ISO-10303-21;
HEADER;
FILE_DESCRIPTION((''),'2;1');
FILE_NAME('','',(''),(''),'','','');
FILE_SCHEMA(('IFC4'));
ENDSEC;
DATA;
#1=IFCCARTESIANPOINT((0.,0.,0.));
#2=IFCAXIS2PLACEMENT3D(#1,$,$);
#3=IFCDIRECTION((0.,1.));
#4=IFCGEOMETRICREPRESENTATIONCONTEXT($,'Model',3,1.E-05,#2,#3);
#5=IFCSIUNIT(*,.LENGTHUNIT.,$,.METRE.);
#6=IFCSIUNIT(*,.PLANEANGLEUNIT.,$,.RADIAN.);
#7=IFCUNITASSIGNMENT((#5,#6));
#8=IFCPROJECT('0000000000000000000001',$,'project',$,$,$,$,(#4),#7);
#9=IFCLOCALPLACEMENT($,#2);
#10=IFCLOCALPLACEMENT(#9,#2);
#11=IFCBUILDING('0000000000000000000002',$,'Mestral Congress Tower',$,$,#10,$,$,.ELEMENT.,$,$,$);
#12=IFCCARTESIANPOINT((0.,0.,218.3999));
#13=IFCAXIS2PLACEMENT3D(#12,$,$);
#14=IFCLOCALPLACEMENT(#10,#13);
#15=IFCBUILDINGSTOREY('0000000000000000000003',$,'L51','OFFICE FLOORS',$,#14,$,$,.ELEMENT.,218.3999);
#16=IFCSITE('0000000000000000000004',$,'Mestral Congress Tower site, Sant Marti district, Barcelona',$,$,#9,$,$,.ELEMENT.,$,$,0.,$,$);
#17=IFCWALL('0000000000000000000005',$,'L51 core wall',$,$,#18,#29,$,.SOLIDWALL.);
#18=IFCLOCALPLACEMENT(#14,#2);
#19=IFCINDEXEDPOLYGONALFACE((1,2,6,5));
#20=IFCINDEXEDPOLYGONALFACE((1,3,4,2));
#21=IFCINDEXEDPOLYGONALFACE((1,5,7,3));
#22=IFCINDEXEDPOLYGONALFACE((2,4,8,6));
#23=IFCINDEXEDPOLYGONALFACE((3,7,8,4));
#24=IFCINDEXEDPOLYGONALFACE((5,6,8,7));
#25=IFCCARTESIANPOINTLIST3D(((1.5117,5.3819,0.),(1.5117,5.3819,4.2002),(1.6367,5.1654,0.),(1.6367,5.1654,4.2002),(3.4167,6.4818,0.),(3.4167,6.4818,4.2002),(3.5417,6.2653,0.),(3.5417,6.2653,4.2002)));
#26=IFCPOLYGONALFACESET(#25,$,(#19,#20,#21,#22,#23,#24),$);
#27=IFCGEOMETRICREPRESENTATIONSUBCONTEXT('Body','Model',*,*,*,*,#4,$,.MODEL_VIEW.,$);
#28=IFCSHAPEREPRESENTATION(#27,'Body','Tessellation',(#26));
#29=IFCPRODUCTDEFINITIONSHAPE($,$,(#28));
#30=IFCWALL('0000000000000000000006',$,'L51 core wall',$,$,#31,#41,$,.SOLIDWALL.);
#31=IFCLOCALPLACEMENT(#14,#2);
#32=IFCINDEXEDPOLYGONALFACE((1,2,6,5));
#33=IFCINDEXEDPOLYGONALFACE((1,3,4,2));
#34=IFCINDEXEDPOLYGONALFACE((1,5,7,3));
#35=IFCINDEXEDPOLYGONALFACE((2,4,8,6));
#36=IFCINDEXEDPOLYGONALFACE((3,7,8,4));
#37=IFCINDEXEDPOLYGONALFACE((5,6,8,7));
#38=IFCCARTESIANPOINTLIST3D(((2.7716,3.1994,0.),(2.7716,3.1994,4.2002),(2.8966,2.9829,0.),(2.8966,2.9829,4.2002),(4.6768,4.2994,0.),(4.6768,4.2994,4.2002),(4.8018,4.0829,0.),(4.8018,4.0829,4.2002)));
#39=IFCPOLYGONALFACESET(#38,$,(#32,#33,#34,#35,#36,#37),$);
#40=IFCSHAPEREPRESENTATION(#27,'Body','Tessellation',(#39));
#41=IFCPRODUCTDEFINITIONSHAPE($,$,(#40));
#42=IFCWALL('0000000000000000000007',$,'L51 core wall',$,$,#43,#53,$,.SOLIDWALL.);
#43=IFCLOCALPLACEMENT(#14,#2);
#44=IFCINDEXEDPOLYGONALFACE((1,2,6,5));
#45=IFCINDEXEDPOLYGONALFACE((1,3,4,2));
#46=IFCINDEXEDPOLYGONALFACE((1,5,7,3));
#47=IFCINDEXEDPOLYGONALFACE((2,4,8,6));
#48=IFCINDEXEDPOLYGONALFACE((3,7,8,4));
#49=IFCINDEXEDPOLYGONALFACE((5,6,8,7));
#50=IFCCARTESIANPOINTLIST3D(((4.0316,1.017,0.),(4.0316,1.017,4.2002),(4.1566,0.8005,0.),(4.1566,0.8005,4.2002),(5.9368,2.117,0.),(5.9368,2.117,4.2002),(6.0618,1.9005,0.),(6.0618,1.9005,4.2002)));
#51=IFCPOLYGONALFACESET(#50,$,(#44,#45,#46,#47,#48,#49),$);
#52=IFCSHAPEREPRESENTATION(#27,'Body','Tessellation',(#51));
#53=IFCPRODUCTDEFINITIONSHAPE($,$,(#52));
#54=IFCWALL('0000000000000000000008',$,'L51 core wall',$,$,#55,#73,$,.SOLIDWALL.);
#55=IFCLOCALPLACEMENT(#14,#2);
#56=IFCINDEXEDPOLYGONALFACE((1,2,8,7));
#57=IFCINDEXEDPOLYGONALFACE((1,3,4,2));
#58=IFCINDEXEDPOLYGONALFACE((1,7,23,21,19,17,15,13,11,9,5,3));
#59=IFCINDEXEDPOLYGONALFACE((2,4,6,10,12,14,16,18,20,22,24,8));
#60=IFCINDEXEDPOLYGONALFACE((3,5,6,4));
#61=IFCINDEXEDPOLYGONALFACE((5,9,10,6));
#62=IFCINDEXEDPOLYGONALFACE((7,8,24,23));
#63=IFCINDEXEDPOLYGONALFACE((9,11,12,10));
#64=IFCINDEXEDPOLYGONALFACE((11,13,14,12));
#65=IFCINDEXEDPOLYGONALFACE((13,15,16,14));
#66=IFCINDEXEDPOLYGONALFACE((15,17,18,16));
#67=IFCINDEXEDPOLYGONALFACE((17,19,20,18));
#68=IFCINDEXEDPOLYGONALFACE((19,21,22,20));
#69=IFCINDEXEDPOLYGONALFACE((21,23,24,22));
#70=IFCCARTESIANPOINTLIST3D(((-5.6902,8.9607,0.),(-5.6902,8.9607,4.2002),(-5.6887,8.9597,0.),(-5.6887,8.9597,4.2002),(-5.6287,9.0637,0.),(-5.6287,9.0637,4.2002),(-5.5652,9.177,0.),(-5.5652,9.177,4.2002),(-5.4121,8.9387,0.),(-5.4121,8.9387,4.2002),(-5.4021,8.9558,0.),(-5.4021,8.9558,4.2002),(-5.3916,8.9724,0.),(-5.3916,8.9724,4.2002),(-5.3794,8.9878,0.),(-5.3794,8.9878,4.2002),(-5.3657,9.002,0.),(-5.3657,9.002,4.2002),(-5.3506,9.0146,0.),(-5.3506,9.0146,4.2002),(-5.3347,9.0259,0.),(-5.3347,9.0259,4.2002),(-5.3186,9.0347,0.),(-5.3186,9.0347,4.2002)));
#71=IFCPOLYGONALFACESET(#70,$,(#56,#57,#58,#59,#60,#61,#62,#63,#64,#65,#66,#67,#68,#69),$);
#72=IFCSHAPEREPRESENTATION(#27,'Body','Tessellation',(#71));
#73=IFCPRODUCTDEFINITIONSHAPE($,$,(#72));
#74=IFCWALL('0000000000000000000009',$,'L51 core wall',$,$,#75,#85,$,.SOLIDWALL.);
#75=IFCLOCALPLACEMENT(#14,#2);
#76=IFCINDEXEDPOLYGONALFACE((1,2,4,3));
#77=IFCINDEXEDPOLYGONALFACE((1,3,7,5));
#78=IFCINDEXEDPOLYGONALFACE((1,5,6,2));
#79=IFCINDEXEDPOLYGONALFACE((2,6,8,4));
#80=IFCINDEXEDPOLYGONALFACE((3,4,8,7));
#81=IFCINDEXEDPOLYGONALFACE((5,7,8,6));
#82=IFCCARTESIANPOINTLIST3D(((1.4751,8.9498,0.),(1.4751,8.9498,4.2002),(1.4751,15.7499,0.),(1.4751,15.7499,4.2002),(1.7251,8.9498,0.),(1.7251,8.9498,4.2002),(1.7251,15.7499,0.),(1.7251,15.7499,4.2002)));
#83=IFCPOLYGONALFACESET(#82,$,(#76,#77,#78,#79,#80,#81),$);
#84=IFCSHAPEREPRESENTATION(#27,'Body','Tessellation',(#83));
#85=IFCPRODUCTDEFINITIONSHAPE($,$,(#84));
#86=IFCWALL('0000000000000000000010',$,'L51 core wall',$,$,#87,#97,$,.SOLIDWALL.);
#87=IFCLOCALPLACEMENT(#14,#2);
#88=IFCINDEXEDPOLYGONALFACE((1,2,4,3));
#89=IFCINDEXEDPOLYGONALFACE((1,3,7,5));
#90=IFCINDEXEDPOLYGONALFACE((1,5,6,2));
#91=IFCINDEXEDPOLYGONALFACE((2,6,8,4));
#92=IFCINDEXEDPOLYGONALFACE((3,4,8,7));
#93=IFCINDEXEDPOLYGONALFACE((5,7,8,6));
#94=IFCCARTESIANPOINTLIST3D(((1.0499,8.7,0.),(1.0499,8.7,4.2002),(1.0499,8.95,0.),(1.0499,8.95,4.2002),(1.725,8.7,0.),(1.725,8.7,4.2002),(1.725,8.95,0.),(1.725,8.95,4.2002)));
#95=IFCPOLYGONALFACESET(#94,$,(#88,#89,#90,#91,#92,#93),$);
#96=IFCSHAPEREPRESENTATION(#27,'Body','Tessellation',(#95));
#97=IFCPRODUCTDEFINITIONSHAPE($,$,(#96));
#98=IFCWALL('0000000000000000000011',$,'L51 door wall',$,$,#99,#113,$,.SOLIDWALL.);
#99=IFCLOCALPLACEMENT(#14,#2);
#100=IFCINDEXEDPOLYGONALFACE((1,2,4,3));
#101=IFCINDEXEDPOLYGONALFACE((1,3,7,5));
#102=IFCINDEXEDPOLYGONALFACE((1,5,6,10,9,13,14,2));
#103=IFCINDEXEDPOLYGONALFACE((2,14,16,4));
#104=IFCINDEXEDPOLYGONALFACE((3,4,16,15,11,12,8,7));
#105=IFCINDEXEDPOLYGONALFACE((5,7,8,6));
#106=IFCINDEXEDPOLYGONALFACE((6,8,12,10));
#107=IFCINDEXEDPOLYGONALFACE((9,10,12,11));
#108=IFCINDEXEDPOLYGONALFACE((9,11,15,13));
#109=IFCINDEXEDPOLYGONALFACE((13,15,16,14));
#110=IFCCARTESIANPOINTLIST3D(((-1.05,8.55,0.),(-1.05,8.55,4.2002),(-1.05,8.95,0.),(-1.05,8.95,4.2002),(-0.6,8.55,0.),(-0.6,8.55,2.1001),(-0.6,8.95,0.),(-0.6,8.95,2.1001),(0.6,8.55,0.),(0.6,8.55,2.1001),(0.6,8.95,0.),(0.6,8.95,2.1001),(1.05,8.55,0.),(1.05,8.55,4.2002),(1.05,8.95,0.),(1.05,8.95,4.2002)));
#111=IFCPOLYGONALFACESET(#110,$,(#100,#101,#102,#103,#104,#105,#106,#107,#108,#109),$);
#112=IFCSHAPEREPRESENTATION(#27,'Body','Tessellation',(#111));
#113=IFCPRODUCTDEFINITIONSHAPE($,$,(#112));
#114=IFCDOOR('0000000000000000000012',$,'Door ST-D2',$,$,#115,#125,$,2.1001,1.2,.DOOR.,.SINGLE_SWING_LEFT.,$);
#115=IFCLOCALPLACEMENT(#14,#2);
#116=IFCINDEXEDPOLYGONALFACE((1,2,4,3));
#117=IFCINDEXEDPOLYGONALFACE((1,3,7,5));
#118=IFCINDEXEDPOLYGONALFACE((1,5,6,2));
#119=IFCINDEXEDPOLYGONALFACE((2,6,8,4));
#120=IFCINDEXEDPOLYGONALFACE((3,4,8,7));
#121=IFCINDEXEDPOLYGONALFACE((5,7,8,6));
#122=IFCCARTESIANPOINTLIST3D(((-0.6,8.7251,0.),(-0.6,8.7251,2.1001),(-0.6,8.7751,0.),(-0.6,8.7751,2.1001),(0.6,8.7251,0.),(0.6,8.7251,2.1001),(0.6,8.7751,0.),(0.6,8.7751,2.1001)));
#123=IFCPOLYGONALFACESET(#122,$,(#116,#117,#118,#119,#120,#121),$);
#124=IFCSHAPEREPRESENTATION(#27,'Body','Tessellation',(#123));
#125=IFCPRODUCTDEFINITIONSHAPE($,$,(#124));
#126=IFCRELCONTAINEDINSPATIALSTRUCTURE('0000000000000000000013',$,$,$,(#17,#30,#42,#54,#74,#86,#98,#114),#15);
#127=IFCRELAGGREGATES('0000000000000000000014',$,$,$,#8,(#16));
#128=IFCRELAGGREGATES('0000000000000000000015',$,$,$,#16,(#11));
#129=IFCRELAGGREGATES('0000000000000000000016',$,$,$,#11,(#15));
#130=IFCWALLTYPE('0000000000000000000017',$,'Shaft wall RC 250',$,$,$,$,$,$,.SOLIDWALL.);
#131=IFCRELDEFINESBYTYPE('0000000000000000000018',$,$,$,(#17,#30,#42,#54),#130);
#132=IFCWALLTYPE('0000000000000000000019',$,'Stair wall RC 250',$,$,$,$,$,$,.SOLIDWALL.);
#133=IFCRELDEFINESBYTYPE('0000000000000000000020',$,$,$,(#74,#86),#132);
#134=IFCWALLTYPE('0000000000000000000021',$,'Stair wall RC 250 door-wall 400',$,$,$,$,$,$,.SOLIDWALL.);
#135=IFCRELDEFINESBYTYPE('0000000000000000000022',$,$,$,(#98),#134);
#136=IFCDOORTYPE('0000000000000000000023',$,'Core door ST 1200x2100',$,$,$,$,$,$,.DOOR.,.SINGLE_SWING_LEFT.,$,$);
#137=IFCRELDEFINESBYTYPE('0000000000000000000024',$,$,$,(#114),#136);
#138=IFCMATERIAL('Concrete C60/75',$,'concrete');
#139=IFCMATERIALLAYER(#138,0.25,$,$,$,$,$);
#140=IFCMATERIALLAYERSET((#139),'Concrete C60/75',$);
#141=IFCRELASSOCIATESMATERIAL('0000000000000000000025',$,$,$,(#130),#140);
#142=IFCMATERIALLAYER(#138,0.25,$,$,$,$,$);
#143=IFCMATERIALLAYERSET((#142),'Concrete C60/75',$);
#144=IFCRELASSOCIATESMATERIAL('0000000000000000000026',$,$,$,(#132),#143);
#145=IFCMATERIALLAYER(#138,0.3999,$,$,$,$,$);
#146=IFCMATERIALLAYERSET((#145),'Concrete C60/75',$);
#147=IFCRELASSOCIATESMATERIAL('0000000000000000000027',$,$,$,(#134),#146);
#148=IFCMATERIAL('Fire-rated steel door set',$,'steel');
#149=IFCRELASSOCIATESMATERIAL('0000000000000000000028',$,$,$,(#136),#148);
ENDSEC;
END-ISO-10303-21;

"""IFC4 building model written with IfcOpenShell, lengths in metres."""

from ifc_helpers import new_model, si_unit, direction, frame, frame_2d, origin, place, context, subcontext, project, spatial, polyline, rectangle, outline, extrude, material, layer, layer_set, type_object, element, fill, save


model = new_model("IFC4")

# Units and contexts
model_context = context("Model", 3, precision=1e-05, world=origin(), true_north=direction((0.0, 1.0)))
body_context = subcontext(model_context, "Body", "Model", "MODEL_VIEW")
ifc_project = project(units=[si_unit("LENGTHUNIT", "METRE"), si_unit("PLANEANGLEUNIT", "RADIAN")], contexts=[model_context])

# Site, building, storey
site_placement = place(None, origin())
site = spatial("IfcSite", under=ifc_project, at=site_placement, Name="Mestral Congress Tower site, Sant Marti district, Barcelona", CompositionType="ELEMENT", RefElevation=0.0)
building_placement = place(site_placement, origin())
building = spatial("IfcBuilding", under=site, at=building_placement, Name="Mestral Congress Tower", CompositionType="ELEMENT")
storey_placement = place(building_placement, frame((0.0, 0.0, 218.3999)))
storey = spatial("IfcBuildingStorey", under=building, at=storey_placement, Name="L51", Description="OFFICE FLOORS", CompositionType="ELEMENT", Elevation=218.3999)

# Shared definitions
ifc_material_1 = material(Name="Concrete C60/75", Category="concrete")

# Shared definitions
ifc_material_2 = material(Name="Fire-rated steel door set", Category="steel")

# Walls
ifc_layer_1 = layer(ifc_material_1, 0.25)
ifc_layer_set_1 = layer_set([ifc_layer_1], Name="Concrete C60/75")
wall_type_1 = type_object("IfcWallType", Name="Shaft wall RC 250", PredefinedType="SOLIDWALL", material=ifc_layer_set_1)
wall_1_placement = place(storey_placement, frame((1.5742, 5.2737, 0.0), z_axis=(0.0, 0.0, 1.0), x_axis=(0.866028, 0.499995, 0.0)))
element("IfcWall", 1, at=wall_1_placement, inside=storey, type_object=wall_type_1, Name="L51 core wall", PredefinedType="SOLIDWALL", context=body_context, shape_type="SweptSolid", body=[
    extrude(rectangle(XDim=2.1997, YDim=0.25, at=frame_2d((1.0999, 0.0))), origin(), (0.0, 0.0, 1.0), 4.2002),
])
for number, where, z_axis, x_axis, name in (
    (2, (2.834, 3.0911, 0.0), (0.0, 0.0, 1.0), (0.866008, 0.50003, 0.0), "L51 core wall"),
    (3, (4.094, 0.9087, 0.0), (0.0, 0.0, 1.0), (0.866008, 0.50003, 0.0), "L51 core wall"),
):
    element("IfcWall", number, at=place(storey_placement, frame(where, z_axis=z_axis, x_axis=x_axis)), inside=storey, type_object=wall_type_1, Name=name, PredefinedType="SOLIDWALL", context=body_context, shape_type="SweptSolid", body=[
        extrude(rectangle(XDim=2.2, YDim=0.25, at=frame_2d((1.1001, 0.0))), origin(), (0.0, 0.0, 1.0), 4.2002),
    ])
wall_2_placement = place(storey_placement, origin())
element("IfcWall", 4, at=wall_2_placement, inside=storey, type_object=wall_type_1, Name="L51 core wall", PredefinedType="SOLIDWALL", context=body_context, shape_type="SweptSolid", body=[
    extrude(outline(polyline([(-5.6887, 8.9597), (-5.6902, 8.9607), (-5.5652, 9.177), (-5.3186, 9.0347), (-5.3347, 9.0259), (-5.3506, 9.0146), (-5.3657, 9.002), (-5.3794, 8.9878), (-5.3916, 8.9724), (-5.4021, 8.9558), (-5.4121, 8.9387), (-5.6287, 9.0637), (-5.6287, 9.0637), (-5.6887, 8.9597)])), origin(), (0.0, 0.0, 1.0), 4.2002),
])
ifc_layer_2 = layer(ifc_material_1, 0.25)
ifc_layer_set_2 = layer_set([ifc_layer_2], Name="Concrete C60/75")
wall_type_2 = type_object("IfcWallType", Name="Stair wall RC 250", PredefinedType="SOLIDWALL", material=ifc_layer_set_2)
wall_3_placement = place(storey_placement, frame((1.6001, 8.95, 0.0), z_axis=(0.0, 0.0, 1.0), x_axis=(0.0, 1.0, 0.0)))
element("IfcWall", 5, at=wall_3_placement, inside=storey, type_object=wall_type_2, Name="L51 core wall", PredefinedType="SOLIDWALL", context=body_context, shape_type="SweptSolid", body=[
    extrude(rectangle(XDim=6.8, YDim=0.25, at=frame_2d((3.3999, 0.0))), origin(), (0.0, 0.0, 1.0), 4.2002),
])
wall_4_placement = place(storey_placement, frame((1.05, 8.825, 0.0), z_axis=(0.0, 0.0, 1.0), x_axis=(1.0, 0.0, 0.0)))
element("IfcWall", 6, at=wall_4_placement, inside=storey, type_object=wall_type_2, Name="L51 core wall", PredefinedType="SOLIDWALL", context=body_context, shape_type="SweptSolid", body=[
    extrude(rectangle(XDim=0.675, YDim=0.25, at=frame_2d((0.3374, 0.0))), origin(), (0.0, 0.0, 1.0), 4.2002),
])

# Wall, opening, door
ifc_layer_3 = layer(ifc_material_1, 0.3999)
ifc_layer_set_3 = layer_set([ifc_layer_3], Name="Concrete C60/75")
wall_type_3 = type_object("IfcWallType", Name="Stair wall RC 250 door-wall 400", PredefinedType="SOLIDWALL", material=ifc_layer_set_3)
wall_5_placement = place(storey_placement, frame((1.05, 8.75, 0.0), z_axis=(0.0, 0.0, 1.0), x_axis=(-1.0, 0.0, 0.0)))
wall_5 = element("IfcWall", 7, at=wall_5_placement, inside=storey, type_object=wall_type_3, Name="L51 door wall", PredefinedType="SOLIDWALL", context=body_context, shape_type="SweptSolid", body=[
    extrude(rectangle(XDim=2.1001, YDim=0.3999, at=frame_2d((1.05, 0.0))), origin(), (0.0, 0.0, 1.0), 4.2002),
])
opening_1_placement = place(wall_5_placement, frame((0.45, 0.0, 0.0)))
opening_1 = element("IfcOpeningElement", 8, at=opening_1_placement, cuts=wall_5, PredefinedType="OPENING", context=body_context, shape_type="SweptSolid", body=[
    extrude(rectangle(XDim=1.2, YDim=2.1001, at=frame_2d((0.6001, 1.05))), frame((0.0, 0.21, 0.0), z_axis=(0.0, -1.0, 0.0), x_axis=(1.0, 0.0, 0.0)), (0.0, 0.0, 1.0), 0.4199),
])
door_type_1 = type_object("IfcDoorType", Name="Core door ST 1200x2100", OperationType="SINGLE_SWING_LEFT", PredefinedType="DOOR", material=ifc_material_2)
door_1_placement = place(opening_1_placement, origin())
door_1 = element("IfcDoor", 9, at=door_1_placement, inside=storey, type_object=door_type_1, Name="Door ST-D2", OperationType="SINGLE_SWING_LEFT", OverallHeight=2.1001, OverallWidth=1.2, PredefinedType="DOOR", context=body_context, shape_type="SweptSolid", body=[
    extrude(rectangle(XDim=1.2, YDim=2.1001, at=frame_2d((0.6001, 1.05))), frame((0.0, 0.0249, 0.0), z_axis=(0.0, -1.0, 0.0), x_axis=(1.0, 0.0, 0.0)), (0.0, 0.0, 1.0), 0.05),
])
fill(opening_1, door_1)

save(model, "model.ifc")
